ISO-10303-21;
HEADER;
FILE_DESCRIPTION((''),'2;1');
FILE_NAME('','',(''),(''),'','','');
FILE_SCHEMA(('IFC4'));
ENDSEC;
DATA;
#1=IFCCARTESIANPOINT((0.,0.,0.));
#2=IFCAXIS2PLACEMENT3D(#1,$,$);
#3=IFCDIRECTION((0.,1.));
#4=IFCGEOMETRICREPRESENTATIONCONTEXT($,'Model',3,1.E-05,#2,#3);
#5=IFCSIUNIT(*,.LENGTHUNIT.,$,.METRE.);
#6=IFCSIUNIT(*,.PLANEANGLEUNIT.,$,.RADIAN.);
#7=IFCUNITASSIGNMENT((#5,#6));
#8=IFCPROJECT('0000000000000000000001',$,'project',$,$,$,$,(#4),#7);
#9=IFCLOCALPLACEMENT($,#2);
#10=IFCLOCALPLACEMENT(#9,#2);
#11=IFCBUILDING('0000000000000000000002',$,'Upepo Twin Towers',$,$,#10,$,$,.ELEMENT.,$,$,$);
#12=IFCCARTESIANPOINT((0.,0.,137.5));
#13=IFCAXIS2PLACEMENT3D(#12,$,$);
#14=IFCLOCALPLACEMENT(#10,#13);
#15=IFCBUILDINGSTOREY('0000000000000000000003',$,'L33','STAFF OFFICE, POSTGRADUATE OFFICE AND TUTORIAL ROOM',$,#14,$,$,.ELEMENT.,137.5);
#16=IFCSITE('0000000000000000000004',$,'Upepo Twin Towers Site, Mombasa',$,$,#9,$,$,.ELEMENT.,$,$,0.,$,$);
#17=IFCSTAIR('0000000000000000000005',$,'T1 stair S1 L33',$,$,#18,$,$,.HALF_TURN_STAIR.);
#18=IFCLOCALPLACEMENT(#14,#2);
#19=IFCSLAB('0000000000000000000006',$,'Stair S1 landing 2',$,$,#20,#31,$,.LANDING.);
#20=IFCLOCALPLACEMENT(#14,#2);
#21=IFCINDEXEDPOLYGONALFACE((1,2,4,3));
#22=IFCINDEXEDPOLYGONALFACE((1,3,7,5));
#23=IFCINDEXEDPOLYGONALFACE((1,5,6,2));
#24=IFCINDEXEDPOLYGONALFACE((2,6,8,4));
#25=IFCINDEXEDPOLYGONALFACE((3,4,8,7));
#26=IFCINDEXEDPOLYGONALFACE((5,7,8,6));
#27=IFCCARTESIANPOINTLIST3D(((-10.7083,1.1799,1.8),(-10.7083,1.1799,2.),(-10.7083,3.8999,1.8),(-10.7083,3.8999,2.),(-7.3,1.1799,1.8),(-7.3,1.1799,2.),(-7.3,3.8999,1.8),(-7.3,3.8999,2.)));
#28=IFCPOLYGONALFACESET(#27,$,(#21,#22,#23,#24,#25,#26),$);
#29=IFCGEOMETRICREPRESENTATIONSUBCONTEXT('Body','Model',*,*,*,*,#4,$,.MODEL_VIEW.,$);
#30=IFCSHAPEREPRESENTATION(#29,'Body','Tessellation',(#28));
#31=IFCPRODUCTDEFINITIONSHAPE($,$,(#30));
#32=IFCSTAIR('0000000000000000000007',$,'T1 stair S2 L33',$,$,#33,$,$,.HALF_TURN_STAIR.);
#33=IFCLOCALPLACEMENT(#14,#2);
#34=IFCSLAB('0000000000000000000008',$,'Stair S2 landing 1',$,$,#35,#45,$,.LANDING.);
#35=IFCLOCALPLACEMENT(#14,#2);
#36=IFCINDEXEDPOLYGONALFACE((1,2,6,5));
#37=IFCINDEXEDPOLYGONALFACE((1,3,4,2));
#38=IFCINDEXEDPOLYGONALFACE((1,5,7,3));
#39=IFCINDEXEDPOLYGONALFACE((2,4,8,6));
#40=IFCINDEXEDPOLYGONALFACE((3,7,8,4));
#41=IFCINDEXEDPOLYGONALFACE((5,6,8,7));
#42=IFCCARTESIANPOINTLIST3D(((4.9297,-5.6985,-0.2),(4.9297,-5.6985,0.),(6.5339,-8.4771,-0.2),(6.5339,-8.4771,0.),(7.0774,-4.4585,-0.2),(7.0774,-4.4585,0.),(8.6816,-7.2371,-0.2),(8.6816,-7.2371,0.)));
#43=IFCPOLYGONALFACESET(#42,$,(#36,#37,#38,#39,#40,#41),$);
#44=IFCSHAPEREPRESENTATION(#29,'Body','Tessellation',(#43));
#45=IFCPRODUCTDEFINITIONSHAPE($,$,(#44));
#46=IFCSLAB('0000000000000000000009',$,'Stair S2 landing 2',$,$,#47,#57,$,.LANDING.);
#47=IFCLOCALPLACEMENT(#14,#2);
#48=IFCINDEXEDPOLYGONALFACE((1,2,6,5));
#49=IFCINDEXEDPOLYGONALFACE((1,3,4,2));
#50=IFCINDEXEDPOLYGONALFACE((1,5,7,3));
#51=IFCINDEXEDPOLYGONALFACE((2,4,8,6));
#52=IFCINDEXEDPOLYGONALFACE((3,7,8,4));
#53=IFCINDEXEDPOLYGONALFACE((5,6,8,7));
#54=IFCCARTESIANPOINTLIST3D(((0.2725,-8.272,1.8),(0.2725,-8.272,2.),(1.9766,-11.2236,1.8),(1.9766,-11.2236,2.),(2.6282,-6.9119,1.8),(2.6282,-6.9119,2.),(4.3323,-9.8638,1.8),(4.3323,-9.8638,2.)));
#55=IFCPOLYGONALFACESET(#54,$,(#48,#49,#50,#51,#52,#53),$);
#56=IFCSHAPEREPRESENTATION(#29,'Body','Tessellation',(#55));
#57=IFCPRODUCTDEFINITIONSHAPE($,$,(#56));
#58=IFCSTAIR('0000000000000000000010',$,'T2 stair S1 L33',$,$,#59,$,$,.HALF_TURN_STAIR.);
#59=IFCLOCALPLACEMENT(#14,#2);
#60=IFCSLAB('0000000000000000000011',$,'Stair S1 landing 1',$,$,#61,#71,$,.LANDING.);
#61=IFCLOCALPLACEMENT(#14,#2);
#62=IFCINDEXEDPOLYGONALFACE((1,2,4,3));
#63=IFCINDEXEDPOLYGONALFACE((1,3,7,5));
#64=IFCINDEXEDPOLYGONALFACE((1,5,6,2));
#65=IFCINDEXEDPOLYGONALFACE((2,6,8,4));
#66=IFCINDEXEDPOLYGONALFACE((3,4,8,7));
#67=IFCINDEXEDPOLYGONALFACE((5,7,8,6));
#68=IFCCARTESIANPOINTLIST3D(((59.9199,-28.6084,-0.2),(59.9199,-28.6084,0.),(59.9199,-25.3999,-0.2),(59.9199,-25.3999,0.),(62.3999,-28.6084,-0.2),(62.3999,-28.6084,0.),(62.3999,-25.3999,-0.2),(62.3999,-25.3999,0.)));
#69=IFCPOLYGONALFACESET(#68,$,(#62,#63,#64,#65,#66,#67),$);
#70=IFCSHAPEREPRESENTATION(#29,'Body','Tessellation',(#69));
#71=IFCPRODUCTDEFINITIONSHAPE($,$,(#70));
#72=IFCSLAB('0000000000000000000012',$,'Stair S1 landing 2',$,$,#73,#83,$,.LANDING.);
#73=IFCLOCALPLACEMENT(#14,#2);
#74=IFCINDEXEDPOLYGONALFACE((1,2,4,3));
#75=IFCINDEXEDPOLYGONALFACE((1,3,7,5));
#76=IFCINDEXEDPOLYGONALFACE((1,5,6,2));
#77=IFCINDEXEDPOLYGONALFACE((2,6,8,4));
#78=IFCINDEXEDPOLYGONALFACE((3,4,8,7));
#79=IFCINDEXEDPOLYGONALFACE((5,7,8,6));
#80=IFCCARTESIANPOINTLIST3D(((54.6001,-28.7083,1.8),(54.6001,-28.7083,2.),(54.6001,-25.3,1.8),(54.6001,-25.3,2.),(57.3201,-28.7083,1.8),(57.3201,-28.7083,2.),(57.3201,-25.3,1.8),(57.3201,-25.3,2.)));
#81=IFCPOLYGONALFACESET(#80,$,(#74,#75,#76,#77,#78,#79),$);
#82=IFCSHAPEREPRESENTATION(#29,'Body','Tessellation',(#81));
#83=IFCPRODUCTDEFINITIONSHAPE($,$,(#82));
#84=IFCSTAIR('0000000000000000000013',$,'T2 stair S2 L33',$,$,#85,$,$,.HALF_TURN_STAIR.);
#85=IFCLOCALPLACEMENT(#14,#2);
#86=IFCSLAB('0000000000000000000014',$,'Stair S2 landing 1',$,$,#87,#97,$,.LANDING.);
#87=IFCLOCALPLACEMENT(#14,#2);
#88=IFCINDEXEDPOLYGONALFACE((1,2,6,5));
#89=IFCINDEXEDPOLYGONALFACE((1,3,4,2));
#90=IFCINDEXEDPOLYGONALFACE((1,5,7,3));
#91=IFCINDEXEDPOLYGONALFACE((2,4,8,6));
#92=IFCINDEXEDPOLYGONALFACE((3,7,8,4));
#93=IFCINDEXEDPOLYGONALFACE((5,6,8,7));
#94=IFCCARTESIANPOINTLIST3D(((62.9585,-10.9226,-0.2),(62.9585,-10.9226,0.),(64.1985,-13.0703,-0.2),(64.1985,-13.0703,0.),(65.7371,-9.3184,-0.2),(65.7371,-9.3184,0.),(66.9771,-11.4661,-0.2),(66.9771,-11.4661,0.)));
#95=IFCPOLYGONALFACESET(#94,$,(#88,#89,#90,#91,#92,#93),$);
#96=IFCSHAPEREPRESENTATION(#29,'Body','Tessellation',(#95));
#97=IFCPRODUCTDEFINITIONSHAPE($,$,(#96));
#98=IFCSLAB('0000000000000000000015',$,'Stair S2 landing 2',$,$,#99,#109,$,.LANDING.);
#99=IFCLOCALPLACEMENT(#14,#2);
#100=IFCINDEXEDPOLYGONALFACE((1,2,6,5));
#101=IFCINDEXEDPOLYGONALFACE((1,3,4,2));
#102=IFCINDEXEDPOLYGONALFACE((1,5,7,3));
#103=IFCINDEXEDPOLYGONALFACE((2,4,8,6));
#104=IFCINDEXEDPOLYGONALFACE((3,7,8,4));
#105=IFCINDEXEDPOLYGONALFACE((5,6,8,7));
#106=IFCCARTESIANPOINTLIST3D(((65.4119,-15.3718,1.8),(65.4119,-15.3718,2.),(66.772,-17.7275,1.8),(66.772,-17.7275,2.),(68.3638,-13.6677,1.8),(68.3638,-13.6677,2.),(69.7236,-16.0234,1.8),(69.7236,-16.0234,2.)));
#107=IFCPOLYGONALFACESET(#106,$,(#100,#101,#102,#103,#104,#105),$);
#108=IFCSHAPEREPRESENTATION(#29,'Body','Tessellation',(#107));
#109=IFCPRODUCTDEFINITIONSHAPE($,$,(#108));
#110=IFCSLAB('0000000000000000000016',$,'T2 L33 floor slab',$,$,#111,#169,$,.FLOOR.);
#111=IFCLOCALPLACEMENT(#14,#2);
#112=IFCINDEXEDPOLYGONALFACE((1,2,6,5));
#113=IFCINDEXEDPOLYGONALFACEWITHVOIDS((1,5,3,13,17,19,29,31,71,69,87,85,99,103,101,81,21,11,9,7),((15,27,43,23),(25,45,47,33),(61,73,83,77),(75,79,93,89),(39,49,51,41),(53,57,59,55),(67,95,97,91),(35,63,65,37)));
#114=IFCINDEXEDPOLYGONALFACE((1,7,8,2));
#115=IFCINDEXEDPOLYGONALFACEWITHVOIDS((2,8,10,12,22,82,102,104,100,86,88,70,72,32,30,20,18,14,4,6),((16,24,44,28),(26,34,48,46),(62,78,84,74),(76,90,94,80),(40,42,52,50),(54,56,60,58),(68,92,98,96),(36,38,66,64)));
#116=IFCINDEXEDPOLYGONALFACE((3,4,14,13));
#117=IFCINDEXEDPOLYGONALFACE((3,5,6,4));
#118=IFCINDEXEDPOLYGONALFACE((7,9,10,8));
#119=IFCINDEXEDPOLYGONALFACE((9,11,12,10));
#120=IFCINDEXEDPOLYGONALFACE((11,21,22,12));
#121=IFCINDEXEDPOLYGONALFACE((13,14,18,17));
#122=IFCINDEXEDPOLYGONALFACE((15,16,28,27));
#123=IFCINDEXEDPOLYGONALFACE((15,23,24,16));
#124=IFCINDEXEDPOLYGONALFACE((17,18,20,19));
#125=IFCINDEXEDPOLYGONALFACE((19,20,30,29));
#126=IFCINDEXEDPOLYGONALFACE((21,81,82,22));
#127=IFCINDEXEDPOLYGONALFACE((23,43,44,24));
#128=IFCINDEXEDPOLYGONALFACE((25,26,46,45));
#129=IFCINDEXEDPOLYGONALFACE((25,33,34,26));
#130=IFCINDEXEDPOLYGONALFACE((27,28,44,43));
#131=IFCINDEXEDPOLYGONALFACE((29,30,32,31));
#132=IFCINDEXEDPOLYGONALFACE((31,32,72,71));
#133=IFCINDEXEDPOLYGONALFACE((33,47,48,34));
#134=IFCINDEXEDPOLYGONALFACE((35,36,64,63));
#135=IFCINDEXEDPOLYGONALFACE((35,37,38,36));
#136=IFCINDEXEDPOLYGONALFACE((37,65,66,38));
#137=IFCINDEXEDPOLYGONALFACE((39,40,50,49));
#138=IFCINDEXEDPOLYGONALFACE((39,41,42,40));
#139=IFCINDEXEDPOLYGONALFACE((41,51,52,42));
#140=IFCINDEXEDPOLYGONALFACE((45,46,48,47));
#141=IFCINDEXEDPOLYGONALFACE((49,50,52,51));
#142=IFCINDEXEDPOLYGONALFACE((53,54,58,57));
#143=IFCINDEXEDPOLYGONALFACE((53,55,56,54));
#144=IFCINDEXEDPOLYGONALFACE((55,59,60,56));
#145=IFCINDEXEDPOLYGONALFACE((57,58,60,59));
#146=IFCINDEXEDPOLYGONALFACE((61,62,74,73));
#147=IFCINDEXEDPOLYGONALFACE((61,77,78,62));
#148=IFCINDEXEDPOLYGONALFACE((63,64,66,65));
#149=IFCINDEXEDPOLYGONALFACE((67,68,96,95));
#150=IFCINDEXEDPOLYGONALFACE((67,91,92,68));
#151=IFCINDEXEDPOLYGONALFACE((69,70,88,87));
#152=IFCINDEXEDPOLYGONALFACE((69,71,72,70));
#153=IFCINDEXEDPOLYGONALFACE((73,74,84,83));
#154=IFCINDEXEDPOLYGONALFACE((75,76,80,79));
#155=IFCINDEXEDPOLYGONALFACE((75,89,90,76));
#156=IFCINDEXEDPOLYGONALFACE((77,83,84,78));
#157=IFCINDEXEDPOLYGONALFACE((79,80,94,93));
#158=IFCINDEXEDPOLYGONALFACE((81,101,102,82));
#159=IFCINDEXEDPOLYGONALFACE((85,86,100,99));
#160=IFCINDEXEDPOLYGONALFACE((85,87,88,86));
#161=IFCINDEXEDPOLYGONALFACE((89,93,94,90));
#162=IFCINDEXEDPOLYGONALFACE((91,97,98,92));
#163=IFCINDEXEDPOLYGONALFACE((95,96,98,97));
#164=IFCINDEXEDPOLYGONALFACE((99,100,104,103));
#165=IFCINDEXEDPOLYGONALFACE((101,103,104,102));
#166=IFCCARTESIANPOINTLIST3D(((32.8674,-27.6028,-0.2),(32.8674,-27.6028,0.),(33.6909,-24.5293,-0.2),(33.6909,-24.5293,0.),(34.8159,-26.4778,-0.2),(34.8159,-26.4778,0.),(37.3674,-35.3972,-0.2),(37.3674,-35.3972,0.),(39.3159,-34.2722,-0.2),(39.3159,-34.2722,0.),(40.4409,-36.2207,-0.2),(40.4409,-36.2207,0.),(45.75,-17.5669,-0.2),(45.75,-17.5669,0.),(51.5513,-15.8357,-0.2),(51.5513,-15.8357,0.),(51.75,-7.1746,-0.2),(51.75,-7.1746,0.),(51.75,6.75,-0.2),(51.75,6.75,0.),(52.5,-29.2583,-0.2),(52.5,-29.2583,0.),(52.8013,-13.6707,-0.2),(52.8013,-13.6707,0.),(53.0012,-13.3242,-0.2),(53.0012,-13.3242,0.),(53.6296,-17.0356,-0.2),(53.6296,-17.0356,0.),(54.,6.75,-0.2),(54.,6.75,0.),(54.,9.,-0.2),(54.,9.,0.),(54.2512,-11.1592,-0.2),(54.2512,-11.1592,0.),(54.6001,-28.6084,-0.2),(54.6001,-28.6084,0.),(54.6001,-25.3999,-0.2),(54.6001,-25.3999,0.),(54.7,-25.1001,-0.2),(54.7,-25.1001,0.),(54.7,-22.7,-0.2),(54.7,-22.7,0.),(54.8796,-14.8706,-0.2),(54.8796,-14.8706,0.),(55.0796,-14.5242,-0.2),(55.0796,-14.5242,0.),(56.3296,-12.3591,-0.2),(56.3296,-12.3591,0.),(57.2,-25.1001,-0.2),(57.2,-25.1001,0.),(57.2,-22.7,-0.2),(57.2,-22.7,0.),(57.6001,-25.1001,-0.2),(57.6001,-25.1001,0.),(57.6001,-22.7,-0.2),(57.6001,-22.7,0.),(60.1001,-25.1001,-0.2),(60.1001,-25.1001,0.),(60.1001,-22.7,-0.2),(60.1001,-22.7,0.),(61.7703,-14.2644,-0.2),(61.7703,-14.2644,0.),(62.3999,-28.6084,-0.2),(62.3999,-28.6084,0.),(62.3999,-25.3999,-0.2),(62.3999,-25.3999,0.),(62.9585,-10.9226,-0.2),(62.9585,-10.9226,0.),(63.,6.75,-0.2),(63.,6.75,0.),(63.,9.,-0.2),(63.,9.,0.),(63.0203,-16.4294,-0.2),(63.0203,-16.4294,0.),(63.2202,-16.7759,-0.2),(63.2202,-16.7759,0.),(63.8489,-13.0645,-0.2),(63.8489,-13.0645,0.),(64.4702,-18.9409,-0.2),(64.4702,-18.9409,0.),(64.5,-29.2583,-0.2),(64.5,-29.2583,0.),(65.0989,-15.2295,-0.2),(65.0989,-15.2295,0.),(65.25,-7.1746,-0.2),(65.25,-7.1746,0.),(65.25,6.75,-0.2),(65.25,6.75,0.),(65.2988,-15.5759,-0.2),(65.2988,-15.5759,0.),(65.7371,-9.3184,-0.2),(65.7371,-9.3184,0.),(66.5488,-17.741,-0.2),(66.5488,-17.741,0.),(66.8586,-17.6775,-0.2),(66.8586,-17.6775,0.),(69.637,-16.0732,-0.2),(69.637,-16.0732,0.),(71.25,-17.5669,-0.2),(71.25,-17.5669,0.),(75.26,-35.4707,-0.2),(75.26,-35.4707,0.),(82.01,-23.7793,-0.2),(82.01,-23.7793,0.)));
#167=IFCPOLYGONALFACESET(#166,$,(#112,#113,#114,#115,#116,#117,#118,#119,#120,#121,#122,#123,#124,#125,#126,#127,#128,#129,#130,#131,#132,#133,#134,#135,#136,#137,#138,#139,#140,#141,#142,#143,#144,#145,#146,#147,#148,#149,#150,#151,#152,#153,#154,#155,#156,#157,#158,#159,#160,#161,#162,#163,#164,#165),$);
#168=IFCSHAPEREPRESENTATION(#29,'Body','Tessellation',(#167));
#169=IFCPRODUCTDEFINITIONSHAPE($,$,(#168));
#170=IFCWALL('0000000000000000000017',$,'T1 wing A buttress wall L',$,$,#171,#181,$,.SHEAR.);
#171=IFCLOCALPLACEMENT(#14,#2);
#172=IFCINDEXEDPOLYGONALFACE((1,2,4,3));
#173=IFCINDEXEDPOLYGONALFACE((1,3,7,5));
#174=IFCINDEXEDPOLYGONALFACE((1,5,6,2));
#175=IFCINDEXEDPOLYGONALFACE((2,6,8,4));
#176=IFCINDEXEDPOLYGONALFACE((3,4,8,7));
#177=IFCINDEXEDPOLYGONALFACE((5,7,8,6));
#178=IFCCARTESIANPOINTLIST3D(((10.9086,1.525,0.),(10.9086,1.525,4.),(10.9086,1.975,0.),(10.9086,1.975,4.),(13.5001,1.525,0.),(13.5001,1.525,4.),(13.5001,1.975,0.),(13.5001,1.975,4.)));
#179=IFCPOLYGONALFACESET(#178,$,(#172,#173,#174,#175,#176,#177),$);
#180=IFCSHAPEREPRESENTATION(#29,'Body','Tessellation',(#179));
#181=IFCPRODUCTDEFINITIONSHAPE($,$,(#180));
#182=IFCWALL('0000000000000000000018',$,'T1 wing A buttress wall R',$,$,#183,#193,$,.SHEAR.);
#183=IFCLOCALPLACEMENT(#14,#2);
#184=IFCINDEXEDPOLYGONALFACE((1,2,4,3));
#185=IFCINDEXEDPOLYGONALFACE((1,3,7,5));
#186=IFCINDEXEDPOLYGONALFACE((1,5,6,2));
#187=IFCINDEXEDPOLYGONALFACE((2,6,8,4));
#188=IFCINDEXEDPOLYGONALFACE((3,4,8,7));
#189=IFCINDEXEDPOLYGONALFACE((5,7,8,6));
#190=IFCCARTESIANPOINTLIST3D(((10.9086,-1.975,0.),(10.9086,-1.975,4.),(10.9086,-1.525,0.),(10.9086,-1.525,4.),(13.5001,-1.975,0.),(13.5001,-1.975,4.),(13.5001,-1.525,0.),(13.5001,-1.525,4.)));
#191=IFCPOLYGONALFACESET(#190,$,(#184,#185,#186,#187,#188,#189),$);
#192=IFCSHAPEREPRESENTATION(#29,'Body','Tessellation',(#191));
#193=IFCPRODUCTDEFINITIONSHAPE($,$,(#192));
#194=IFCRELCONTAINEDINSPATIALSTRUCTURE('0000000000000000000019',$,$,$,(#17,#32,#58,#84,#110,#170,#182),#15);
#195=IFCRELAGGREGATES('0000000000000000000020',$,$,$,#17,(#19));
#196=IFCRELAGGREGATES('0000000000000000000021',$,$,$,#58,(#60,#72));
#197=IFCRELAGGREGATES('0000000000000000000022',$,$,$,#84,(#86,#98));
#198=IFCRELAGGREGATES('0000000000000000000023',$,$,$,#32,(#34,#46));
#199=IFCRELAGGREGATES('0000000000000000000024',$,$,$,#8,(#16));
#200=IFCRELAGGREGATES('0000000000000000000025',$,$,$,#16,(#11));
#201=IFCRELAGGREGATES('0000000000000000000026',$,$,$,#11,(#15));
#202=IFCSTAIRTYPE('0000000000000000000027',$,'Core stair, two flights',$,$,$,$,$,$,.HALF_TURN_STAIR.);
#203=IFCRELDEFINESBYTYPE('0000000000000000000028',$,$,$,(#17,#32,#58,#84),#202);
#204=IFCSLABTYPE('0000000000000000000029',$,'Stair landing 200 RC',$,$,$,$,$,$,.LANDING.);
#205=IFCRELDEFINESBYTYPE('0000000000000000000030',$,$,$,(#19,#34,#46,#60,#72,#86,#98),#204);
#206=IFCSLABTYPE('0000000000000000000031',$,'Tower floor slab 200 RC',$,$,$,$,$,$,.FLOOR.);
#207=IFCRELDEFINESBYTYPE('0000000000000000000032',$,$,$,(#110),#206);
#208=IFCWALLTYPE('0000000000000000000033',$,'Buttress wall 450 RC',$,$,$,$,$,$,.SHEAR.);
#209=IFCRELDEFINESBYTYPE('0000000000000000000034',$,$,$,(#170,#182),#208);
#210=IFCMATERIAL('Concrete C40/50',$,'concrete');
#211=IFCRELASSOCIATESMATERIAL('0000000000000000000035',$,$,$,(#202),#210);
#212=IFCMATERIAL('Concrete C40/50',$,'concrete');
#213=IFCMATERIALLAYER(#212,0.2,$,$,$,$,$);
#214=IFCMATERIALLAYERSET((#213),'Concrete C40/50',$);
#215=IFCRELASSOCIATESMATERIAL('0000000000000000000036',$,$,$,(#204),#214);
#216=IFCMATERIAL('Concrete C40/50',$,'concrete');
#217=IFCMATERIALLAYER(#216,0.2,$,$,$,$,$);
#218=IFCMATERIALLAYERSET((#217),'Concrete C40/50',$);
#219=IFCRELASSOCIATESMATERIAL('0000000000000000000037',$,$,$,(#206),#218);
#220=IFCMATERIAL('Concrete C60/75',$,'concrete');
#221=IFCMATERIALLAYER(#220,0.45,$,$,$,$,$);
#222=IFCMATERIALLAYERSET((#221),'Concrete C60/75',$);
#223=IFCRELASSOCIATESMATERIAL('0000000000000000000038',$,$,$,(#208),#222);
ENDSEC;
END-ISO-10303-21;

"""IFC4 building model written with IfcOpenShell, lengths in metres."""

from ifc_helpers import new_model, si_unit, direction, frame, frame_2d, origin, place, context, subcontext, project, spatial, polyline, rectangle, outline, extrude, material, layer, layer_set, type_object, element, aggregate, save


model = new_model("IFC4")

# Units and contexts
model_context = context("Model", 3, precision=1e-05, world=origin(), true_north=direction((0.0, 1.0)))
body_context = subcontext(model_context, "Body", "Model", "MODEL_VIEW")
ifc_project = project(units=[si_unit("LENGTHUNIT", "METRE"), si_unit("PLANEANGLEUNIT", "RADIAN")], contexts=[model_context])

# Site, building, storey
site_placement = place(None, origin())
site = spatial("IfcSite", under=ifc_project, at=site_placement, Name="Upepo Twin Towers Site, Mombasa", CompositionType="ELEMENT", RefElevation=0.0)
building_placement = place(site_placement, origin())
building = spatial("IfcBuilding", under=site, at=building_placement, Name="Upepo Twin Towers", CompositionType="ELEMENT")
storey_placement = place(building_placement, frame((0.0, 0.0, 137.5)))
storey = spatial("IfcBuildingStorey", under=building, at=storey_placement, Name="L33", Description="STAFF OFFICE, POSTGRADUATE OFFICE AND TUTORIAL ROOM", CompositionType="ELEMENT", Elevation=137.5)

# Stairs, slabs
ifc_material_1 = material(Name="Concrete C40/50", Category="concrete")
stair_type = type_object("IfcStairType", Name="Core stair, two flights", PredefinedType="HALF_TURN_STAIR", material=ifc_material_1)
stair_1_placement = place(storey_placement, origin())
stair_1 = element("IfcStair", 1, at=stair_1_placement, inside=storey, type_object=stair_type, Name="T1 stair S1 L33", PredefinedType="HALF_TURN_STAIR")
ifc_material_2 = material(Name="Concrete C40/50", Category="concrete")
ifc_layer_1 = layer(ifc_material_2, 0.2)
ifc_layer_set_1 = layer_set([ifc_layer_1], Name="Concrete C40/50")
slab_type_1 = type_object("IfcSlabType", Name="Stair landing 200 RC", PredefinedType="LANDING", material=ifc_layer_set_1)
slab_1_placement = place(storey_placement, frame((0.0, 0.0, 1.8)))
slab_1 = element("IfcSlab", 2, at=slab_1_placement, type_object=slab_type_1, Name="Stair S1 landing 2", PredefinedType="LANDING", context=body_context, shape_type="SweptSolid", body=[
    extrude(outline(polyline([(-7.3, 3.8999), (-10.7083, 3.8999), (-10.7083, 1.1799), (-7.3, 1.1799), (-7.3, 3.8999)])), origin(), (0.0, 0.0, 1.0), 0.2),
])
aggregate(stair_1, [slab_1])
stair_2_placement = place(storey_placement, origin())
stair_2 = element("IfcStair", 3, at=stair_2_placement, inside=storey, type_object=stair_type, Name="T1 stair S2 L33", PredefinedType="HALF_TURN_STAIR")
slab_2_placement = place(storey_placement, frame((0.0, 0.0, -0.2)))
slab_2 = element("IfcSlab", 4, at=slab_2_placement, type_object=slab_type_1, Name="Stair S2 landing 1", PredefinedType="LANDING", context=body_context, shape_type="SweptSolid", body=[
    extrude(outline(polyline([(4.9297, -5.6985), (6.5339, -8.4771), (8.6816, -7.2371), (7.0774, -4.4585), (4.9297, -5.6985)])), origin(), (0.0, 0.0, 1.0), 0.2),
])
slab_3_placement = place(storey_placement, frame((0.0, 0.0, 1.8)))
slab_3 = element("IfcSlab", 5, at=slab_3_placement, type_object=slab_type_1, Name="Stair S2 landing 2", PredefinedType="LANDING", context=body_context, shape_type="SweptSolid", body=[
    extrude(outline(polyline([(0.2725, -8.272), (1.9766, -11.2236), (4.3323, -9.8638), (2.6282, -6.9119), (0.2725, -8.272)])), origin(), (0.0, 0.0, 1.0), 0.2),
])
stair_3_placement = place(storey_placement, origin())
stair_3 = element("IfcStair", 6, at=stair_3_placement, inside=storey, type_object=stair_type, Name="T2 stair S1 L33", PredefinedType="HALF_TURN_STAIR")
slab_4_placement = place(storey_placement, frame((0.0, 0.0, -0.2)))
slab_4 = element("IfcSlab", 7, at=slab_4_placement, type_object=slab_type_1, Name="Stair S1 landing 1", PredefinedType="LANDING", context=body_context, shape_type="SweptSolid", body=[
    extrude(outline(polyline([(59.9199, -25.3999), (59.9199, -28.6084), (62.3999, -28.6084), (62.3999, -25.3999), (59.9199, -25.3999)])), origin(), (0.0, 0.0, 1.0), 0.2),
])
slab_5_placement = place(storey_placement, frame((0.0, 0.0, 1.8)))
slab_5 = element("IfcSlab", 8, at=slab_5_placement, type_object=slab_type_1, Name="Stair S1 landing 2", PredefinedType="LANDING", context=body_context, shape_type="SweptSolid", body=[
    extrude(outline(polyline([(54.6001, -25.3), (54.6001, -28.7083), (57.3201, -28.7083), (57.3201, -25.3), (54.6001, -25.3)])), origin(), (0.0, 0.0, 1.0), 0.2),
])
aggregate(stair_3, [slab_4, slab_5])
stair_4_placement = place(storey_placement, origin())
stair_4 = element("IfcStair", 9, at=stair_4_placement, inside=storey, type_object=stair_type, Name="T2 stair S2 L33", PredefinedType="HALF_TURN_STAIR")
slab_6_placement = place(storey_placement, frame((0.0, 0.0, -0.2)))
slab_6 = element("IfcSlab", 10, at=slab_6_placement, type_object=slab_type_1, Name="Stair S2 landing 1", PredefinedType="LANDING", context=body_context, shape_type="SweptSolid", body=[
    extrude(outline(polyline([(64.1985, -13.0703), (66.9771, -11.4661), (65.7371, -9.3184), (62.9585, -10.9226), (64.1985, -13.0703)])), origin(), (0.0, 0.0, 1.0), 0.2),
])
slab_7_placement = place(storey_placement, frame((0.0, 0.0, 1.8)))
slab_7 = element("IfcSlab", 11, at=slab_7_placement, type_object=slab_type_1, Name="Stair S2 landing 2", PredefinedType="LANDING", context=body_context, shape_type="SweptSolid", body=[
    extrude(outline(polyline([(66.772, -17.7275), (69.7236, -16.0234), (68.3638, -13.6677), (65.4119, -15.3718), (66.772, -17.7275)])), origin(), (0.0, 0.0, 1.0), 0.2),
])
aggregate(stair_4, [slab_6, slab_7])

# Slab
ifc_material_3 = material(Name="Concrete C40/50", Category="concrete")
ifc_layer_2 = layer(ifc_material_3, 0.2)
ifc_layer_set_2 = layer_set([ifc_layer_2], Name="Concrete C40/50")
slab_type_2 = type_object("IfcSlabType", Name="Tower floor slab 200 RC", PredefinedType="FLOOR", material=ifc_layer_set_2)
slab_8_placement = place(storey_placement, frame((0.0, 0.0, -0.2)))
element("IfcSlab", 12, at=slab_8_placement, inside=storey, type_object=slab_type_2, Name="T2 L33 floor slab", PredefinedType="FLOOR", context=body_context, shape_type="SweptSolid", body=[
    extrude(outline(polyline([(75.26, -35.4707), (64.5, -29.2583), (52.5, -29.2583), (40.4409, -36.2207), (39.3159, -34.2722), (37.3674, -35.3972), (32.8674, -27.6028), (34.8159, -26.4778), (33.6909, -24.5293), (45.75, -17.5669), (51.75, -7.1746), (51.75, 6.75), (54.0, 6.75), (54.0, 9.0), (63.0, 9.0), (63.0, 6.75), (65.25, 6.75), (65.25, -7.1746), (71.25, -17.5669), (82.01, -23.7793), (75.26, -35.4707)]), holes=[polyline([(56.3296, -12.3591), (54.2512, -11.1592), (53.0012, -13.3242), (55.0796, -14.5242), (56.3296, -12.3591)]), polyline([(54.8796, -14.8706), (52.8013, -13.6707), (51.5513, -15.8357), (53.6296, -17.0356), (54.8796, -14.8706)]), polyline([(54.7, -22.7), (54.7, -25.1001), (57.2, -25.1001), (57.2, -22.7), (54.7, -22.7)]), polyline([(57.6001, -22.7), (57.6001, -25.1001), (60.1001, -25.1001), (60.1001, -22.7), (57.6001, -22.7)]), polyline([(54.6001, -25.3999), (54.6001, -28.6084), (62.3999, -28.6084), (62.3999, -25.3999), (54.6001, -25.3999)]), polyline([(64.4702, -18.9409), (66.5488, -17.741), (65.2988, -15.5759), (63.2202, -16.7759), (64.4702, -18.9409)]), polyline([(63.0203, -16.4294), (65.0989, -15.2295), (63.8489, -13.0645), (61.7703, -14.2644), (63.0203, -16.4294)]), polyline([(66.8586, -17.6775), (69.637, -16.0732), (65.7371, -9.3184), (62.9585, -10.9226), (66.8586, -17.6775)])]), origin(), (0.0, 0.0, 1.0), 0.2),
])

# Walls
ifc_material_4 = material(Name="Concrete C60/75", Category="concrete")
ifc_layer_3 = layer(ifc_material_4, 0.45)
ifc_layer_set_3 = layer_set([ifc_layer_3], Name="Concrete C60/75")
wall_type_1 = type_object("IfcWallType", Name="Buttress wall 450 RC", PredefinedType="SHEAR", material=ifc_layer_set_3)
for number, where, z_axis, x_axis, name in (
    (13, (10.9084, 1.75, 0.0), (0.0, 0.0, 1.0), (1.0, 0.0, 0.0), "T1 wing A buttress wall L"),
    (14, (10.9084, -1.75, 0.0), (0.0, 0.0, 1.0), (1.0, 0.0, 0.0), "T1 wing A buttress wall R"),
):
    element("IfcWall", number, at=place(storey_placement, frame(where, z_axis=z_axis, x_axis=x_axis)), inside=storey, type_object=wall_type_1, Name=name, PredefinedType="SHEAR", context=body_context, shape_type="SweptSolid", body=[
        extrude(rectangle(XDim=2.5916, YDim=0.45, at=frame_2d((1.2959, 0.0))), origin(), (0.0, 0.0, 1.0), 4.0),
    ])

aggregate(stair_2, [slab_2, slab_3])

save(model, "model.ifc")
